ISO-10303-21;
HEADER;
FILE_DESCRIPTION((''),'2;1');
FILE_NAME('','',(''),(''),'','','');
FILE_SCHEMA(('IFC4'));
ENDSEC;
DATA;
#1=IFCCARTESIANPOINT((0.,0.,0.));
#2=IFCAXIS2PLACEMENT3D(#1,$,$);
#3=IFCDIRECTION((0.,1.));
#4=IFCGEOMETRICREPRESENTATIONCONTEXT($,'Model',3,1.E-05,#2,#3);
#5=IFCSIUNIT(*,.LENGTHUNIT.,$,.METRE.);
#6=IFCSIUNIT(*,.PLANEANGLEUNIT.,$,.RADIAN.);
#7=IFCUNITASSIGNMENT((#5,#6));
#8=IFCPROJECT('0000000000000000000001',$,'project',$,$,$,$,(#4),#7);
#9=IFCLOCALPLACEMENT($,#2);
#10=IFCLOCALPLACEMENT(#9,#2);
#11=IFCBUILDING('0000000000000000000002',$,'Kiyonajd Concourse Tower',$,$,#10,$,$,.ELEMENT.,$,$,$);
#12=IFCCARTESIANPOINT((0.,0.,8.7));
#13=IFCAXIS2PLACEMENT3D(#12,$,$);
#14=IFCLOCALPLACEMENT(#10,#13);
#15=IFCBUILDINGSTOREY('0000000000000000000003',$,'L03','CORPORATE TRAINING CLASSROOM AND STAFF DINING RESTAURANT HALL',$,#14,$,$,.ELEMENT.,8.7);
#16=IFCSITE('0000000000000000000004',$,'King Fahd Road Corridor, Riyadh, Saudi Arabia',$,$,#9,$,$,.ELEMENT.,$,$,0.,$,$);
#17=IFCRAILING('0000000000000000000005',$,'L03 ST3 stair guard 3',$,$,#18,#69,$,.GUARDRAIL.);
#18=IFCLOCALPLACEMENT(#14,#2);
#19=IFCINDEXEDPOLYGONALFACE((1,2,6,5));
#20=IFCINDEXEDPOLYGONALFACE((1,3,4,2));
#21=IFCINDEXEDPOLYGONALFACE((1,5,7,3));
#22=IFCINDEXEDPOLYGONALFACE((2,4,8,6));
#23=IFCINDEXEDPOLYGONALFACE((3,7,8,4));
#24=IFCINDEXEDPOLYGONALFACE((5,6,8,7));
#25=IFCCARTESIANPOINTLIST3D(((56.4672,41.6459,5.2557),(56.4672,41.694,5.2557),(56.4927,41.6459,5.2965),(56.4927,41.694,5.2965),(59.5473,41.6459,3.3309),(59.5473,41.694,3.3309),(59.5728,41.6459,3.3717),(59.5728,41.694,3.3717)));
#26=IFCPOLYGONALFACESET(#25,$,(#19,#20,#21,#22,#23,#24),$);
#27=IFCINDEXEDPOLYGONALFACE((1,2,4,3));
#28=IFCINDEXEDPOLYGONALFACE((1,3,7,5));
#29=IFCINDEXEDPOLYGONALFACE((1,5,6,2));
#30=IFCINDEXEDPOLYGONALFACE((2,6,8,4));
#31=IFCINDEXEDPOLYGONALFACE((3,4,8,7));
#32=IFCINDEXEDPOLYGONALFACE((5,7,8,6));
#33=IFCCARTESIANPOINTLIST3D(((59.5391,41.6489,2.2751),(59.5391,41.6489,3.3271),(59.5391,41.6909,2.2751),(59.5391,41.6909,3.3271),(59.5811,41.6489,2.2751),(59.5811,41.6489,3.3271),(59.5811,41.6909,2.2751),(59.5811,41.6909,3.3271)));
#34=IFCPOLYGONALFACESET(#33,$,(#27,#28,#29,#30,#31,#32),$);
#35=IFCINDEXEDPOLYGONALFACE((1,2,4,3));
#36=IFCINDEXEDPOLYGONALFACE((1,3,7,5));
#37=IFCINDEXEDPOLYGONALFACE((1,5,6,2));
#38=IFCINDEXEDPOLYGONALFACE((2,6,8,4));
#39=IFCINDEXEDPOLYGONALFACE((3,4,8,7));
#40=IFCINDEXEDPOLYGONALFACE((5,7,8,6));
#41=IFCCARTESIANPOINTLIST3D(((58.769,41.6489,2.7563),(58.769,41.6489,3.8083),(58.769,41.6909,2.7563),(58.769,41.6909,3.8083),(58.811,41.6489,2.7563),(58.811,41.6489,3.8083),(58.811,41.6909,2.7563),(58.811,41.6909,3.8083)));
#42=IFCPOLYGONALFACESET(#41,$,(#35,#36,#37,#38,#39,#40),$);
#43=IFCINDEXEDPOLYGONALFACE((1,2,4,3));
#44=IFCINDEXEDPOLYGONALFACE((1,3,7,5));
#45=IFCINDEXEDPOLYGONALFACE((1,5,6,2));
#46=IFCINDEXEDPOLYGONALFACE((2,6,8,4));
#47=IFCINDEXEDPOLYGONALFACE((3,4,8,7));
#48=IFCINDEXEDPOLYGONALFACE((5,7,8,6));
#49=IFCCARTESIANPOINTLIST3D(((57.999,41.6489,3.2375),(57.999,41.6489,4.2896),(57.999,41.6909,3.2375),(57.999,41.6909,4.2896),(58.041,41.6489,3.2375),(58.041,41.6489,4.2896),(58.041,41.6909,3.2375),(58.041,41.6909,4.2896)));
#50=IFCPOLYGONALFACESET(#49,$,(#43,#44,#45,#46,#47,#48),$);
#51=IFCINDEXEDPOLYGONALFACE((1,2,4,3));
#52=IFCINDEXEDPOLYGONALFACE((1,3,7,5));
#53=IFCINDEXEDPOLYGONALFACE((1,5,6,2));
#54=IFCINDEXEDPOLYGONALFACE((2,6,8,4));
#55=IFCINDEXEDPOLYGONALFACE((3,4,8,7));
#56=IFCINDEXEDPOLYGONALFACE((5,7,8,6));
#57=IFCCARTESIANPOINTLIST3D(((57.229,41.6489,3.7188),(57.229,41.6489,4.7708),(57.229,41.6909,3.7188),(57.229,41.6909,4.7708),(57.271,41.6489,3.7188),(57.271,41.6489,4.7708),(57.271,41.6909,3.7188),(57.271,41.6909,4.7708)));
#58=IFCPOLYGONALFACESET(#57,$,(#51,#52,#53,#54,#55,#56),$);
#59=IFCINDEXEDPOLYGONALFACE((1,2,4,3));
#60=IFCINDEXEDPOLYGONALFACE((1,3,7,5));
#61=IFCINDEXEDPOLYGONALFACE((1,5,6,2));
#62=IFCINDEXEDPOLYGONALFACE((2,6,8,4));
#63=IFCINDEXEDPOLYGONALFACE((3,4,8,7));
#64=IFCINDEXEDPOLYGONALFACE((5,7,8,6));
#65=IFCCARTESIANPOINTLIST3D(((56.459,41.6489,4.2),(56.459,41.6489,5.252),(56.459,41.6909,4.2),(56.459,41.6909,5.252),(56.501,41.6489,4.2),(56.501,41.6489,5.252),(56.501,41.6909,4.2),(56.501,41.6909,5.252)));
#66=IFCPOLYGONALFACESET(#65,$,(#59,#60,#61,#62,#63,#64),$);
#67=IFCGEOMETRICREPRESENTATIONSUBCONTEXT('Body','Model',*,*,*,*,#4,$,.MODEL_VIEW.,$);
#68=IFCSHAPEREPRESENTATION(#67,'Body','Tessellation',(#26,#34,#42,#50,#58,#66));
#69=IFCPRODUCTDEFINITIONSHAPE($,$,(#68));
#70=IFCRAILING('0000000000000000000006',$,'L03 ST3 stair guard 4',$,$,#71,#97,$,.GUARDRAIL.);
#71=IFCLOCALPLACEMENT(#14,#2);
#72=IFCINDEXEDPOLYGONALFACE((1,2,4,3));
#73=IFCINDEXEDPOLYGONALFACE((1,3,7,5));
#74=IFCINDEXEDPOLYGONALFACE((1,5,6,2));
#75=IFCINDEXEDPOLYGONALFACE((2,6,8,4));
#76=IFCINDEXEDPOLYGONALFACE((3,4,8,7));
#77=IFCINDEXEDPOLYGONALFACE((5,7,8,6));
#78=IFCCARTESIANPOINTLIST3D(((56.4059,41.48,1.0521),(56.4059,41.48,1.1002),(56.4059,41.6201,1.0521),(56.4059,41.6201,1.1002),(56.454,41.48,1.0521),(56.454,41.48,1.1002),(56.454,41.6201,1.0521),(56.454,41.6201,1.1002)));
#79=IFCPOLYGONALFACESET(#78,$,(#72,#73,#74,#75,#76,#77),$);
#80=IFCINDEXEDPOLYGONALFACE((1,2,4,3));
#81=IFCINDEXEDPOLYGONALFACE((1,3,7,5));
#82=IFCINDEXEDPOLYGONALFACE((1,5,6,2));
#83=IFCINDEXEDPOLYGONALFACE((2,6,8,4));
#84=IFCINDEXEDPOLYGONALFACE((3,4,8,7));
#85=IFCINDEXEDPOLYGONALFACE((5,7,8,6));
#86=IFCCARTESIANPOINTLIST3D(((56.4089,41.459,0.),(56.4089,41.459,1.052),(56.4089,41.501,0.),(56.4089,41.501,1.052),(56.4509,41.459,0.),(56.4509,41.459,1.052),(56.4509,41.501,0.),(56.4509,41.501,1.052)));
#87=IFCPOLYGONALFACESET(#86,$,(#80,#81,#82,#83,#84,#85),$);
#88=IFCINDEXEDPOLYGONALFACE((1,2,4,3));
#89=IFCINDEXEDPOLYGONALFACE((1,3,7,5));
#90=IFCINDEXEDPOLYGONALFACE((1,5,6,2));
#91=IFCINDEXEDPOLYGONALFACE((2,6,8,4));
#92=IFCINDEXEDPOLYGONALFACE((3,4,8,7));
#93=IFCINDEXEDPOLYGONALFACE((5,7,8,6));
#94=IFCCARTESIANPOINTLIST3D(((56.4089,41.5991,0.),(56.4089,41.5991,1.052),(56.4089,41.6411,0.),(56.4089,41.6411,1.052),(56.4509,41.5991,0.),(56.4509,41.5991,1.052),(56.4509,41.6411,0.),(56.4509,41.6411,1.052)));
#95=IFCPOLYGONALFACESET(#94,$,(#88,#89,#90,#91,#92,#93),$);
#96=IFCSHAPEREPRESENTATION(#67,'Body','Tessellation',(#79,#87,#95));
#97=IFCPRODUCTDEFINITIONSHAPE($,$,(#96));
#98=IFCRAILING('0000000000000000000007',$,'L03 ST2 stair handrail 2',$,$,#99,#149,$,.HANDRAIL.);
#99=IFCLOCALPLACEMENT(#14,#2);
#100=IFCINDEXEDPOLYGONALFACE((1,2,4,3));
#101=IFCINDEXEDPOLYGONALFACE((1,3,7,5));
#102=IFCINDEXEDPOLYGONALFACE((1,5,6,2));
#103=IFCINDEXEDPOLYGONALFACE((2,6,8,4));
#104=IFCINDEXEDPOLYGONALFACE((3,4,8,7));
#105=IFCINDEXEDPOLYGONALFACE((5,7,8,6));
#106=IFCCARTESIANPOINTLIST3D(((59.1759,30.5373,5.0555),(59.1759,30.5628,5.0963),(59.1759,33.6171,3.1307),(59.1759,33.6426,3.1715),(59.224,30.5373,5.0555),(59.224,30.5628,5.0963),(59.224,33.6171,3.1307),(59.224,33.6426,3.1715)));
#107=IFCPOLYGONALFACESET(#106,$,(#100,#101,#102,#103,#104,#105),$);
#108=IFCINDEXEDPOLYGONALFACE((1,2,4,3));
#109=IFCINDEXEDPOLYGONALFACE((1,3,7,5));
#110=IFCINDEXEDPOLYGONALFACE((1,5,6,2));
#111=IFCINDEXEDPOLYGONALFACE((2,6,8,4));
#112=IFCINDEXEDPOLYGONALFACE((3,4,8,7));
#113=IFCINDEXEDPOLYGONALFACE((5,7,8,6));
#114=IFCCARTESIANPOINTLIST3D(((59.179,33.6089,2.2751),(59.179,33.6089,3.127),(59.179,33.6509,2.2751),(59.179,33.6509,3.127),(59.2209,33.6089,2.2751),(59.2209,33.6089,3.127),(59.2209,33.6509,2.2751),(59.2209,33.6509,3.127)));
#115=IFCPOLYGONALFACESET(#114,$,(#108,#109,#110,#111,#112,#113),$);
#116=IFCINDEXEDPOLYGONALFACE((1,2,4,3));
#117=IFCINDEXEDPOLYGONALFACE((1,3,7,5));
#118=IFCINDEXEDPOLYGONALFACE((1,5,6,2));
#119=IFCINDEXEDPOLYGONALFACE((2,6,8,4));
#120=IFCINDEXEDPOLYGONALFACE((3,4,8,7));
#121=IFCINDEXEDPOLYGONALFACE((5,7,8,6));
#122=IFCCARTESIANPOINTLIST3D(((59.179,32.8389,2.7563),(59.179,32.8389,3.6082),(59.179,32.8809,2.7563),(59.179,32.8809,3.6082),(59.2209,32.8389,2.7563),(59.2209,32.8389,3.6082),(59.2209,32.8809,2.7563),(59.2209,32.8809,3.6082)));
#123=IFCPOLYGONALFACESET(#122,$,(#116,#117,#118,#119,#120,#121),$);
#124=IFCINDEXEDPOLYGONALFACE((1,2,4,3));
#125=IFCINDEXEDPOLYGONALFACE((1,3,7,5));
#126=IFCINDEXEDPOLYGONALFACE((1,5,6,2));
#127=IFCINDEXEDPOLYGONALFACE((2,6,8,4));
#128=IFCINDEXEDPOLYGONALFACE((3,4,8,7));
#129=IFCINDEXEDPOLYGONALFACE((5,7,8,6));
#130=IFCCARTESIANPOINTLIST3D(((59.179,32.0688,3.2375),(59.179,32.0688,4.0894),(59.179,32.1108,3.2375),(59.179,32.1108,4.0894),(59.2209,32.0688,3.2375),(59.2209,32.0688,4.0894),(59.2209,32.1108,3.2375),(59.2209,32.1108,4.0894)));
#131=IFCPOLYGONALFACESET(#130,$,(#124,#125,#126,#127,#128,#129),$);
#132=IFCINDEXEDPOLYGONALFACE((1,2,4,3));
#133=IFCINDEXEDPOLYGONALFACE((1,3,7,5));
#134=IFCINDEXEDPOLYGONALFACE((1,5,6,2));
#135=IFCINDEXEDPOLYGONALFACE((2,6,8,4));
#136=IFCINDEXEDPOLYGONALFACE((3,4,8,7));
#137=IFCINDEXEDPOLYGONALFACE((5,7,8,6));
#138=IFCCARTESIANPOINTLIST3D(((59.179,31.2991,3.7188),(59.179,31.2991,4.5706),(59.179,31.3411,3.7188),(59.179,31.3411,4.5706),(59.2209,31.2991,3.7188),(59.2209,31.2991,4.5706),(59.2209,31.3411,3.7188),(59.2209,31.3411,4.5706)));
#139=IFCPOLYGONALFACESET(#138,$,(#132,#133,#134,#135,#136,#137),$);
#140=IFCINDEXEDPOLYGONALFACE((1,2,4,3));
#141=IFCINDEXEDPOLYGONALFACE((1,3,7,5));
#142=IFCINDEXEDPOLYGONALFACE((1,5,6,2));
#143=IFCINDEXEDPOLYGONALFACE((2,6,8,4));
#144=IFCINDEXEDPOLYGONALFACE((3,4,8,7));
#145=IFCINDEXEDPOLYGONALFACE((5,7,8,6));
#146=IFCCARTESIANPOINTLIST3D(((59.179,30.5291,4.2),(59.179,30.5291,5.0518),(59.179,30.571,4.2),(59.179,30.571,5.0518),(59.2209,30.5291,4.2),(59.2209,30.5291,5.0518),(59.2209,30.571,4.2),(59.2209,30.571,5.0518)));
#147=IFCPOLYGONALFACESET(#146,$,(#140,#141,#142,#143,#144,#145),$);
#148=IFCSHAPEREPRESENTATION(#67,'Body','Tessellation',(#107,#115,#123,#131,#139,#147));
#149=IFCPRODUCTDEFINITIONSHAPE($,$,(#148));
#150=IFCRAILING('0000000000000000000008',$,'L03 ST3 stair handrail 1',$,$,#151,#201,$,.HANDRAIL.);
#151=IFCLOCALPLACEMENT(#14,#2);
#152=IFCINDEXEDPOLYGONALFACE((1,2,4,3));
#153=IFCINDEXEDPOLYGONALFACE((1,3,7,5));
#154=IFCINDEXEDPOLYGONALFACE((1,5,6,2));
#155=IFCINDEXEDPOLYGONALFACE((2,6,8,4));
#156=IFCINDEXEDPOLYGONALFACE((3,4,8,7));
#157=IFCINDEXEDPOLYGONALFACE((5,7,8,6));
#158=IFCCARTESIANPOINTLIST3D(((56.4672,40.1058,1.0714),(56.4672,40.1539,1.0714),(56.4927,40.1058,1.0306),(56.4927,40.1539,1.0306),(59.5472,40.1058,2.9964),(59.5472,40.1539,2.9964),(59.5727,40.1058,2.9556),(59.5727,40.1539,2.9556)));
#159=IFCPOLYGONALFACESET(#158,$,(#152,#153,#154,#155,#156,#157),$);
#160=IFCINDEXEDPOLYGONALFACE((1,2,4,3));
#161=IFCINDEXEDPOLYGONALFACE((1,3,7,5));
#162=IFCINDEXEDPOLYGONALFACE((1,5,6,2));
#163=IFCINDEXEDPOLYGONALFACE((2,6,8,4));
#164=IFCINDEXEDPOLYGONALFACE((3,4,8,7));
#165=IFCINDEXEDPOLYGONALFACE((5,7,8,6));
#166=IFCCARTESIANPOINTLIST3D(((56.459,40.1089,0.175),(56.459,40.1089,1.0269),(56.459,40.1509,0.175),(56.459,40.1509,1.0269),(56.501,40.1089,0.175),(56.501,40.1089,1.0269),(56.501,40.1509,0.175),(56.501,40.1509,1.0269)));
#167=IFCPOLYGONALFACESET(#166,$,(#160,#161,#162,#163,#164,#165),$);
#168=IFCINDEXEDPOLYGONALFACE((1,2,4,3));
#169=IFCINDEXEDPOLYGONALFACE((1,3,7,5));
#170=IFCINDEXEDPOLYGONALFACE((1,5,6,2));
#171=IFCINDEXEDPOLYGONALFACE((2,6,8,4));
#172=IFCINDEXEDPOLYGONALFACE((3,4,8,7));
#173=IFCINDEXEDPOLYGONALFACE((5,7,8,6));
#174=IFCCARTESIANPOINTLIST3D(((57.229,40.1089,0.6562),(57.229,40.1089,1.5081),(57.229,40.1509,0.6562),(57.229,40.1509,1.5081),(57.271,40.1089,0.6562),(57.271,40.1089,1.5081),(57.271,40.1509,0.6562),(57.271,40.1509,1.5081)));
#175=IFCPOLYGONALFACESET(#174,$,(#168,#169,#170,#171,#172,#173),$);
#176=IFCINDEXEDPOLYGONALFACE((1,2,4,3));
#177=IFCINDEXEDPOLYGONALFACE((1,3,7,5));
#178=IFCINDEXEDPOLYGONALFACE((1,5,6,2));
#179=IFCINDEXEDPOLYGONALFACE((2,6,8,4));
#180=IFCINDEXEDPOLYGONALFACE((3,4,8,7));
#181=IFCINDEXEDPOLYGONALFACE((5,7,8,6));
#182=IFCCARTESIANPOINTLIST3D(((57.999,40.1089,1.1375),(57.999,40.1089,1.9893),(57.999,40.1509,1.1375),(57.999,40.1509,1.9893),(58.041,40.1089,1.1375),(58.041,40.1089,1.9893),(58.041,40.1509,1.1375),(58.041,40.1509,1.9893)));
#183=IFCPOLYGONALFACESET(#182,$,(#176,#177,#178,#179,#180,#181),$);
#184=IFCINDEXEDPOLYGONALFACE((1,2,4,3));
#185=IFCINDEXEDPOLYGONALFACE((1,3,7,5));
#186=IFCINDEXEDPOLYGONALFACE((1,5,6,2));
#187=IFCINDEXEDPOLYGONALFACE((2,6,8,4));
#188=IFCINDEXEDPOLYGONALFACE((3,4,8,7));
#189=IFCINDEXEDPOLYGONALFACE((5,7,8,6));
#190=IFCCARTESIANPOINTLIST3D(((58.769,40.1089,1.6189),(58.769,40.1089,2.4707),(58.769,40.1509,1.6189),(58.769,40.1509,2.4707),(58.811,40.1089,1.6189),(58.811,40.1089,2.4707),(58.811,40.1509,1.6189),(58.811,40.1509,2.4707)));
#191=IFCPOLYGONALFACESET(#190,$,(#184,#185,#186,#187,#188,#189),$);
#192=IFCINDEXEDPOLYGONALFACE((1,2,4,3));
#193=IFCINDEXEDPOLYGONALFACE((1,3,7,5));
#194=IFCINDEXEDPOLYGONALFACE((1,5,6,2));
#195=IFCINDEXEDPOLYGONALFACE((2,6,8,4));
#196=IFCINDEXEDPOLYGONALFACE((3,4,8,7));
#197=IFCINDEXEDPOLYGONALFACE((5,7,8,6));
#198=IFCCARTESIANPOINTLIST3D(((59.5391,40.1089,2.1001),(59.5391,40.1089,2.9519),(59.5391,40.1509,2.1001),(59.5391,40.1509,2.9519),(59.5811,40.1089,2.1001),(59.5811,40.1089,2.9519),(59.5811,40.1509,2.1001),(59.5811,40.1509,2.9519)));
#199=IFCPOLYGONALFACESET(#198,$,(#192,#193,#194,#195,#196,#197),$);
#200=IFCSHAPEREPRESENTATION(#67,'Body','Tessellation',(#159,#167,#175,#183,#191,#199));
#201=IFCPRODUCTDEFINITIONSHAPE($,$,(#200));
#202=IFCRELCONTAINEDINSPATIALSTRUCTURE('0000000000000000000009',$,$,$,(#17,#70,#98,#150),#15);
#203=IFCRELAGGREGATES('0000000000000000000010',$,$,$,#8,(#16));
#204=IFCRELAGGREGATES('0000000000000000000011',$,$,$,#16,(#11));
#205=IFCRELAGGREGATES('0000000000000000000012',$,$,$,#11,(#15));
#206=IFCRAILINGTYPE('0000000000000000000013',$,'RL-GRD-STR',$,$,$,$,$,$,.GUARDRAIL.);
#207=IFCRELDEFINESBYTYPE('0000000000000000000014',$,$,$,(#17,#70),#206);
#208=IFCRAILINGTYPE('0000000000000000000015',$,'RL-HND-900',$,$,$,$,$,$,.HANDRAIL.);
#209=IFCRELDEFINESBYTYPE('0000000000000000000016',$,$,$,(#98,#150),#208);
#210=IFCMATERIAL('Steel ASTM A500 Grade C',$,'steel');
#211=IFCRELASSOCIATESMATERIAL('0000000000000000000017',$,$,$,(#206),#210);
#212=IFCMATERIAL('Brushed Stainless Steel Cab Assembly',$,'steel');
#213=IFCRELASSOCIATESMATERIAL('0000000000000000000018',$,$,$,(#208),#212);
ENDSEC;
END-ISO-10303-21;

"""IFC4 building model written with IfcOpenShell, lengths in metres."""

from ifc_helpers import new_model, si_unit, direction, frame, origin, origin_2d, place, context, subcontext, project, spatial, rectangle, extrude, material, type_object, element, save


model = new_model("IFC4")

# Units and contexts
model_context = context("Model", 3, precision=1e-05, world=origin(), true_north=direction((0.0, 1.0)))
body_context = subcontext(model_context, "Body", "Model", "MODEL_VIEW")
ifc_project = project(units=[si_unit("LENGTHUNIT", "METRE"), si_unit("PLANEANGLEUNIT", "RADIAN")], contexts=[model_context])

# Site, building, storey
site_placement = place(None, origin())
site = spatial("IfcSite", under=ifc_project, at=site_placement, Name="King Fahd Road Corridor, Riyadh, Saudi Arabia", CompositionType="ELEMENT", RefElevation=0.0)
building_placement = place(site_placement, origin())
building = spatial("IfcBuilding", under=site, at=building_placement, Name="Kiyonajd Concourse Tower", CompositionType="ELEMENT")
storey_placement = place(building_placement, frame((0.0, 0.0, 8.7)))
storey = spatial("IfcBuildingStorey", under=building, at=storey_placement, Name="L03", Description="CORPORATE TRAINING CLASSROOM AND STAFF DINING RESTAURANT HALL", CompositionType="ELEMENT", Elevation=8.7)

# Shared definitions
ifc_material_1 = material(Name="Brushed Stainless Steel Cab Assembly", Category="steel")

# Railings
ifc_material_2 = material(Name="Steel ASTM A500 Grade C", Category="steel")
railing_type_1 = type_object("IfcRailingType", Name="RL-GRD-STR", PredefinedType="GUARDRAIL", material=ifc_material_2)
railing_1_placement = place(storey_placement, frame((59.5601, 41.6699, 2.2751)))
element("IfcRailing", 1, at=railing_1_placement, inside=storey, type_object=railing_type_1, Name="L03 ST3 stair guard 3", PredefinedType="GUARDRAIL", context=body_context, shape_type="SweptSolid", body=[
    extrude(rectangle(XDim=0.0481, YDim=0.0481, at=origin_2d()), frame((0.0, 0.0, 1.0762), z_axis=(-0.848029, 0.0, 0.529951), x_axis=(0.0, -1.0, 0.0)), (0.0, 0.0, 1.0), 3.6321),
    extrude(rectangle(XDim=0.042, YDim=0.042, at=origin_2d()), origin(), (0.0, 0.0, 1.0), 1.052),
    extrude(rectangle(XDim=0.042, YDim=0.042, at=origin_2d()), frame((-0.77, 0.0, 0.4812)), (0.0, 0.0, 1.0), 1.052),
    extrude(rectangle(XDim=0.042, YDim=0.042, at=origin_2d()), frame((-1.54, 0.0, 0.9624)), (0.0, 0.0, 1.0), 1.052),
    extrude(rectangle(XDim=0.042, YDim=0.042, at=origin_2d()), frame((-2.3101, 0.0, 1.4436)), (0.0, 0.0, 1.0), 1.052),
    extrude(rectangle(XDim=0.042, YDim=0.042, at=origin_2d()), frame((-3.0801, 0.0, 1.9248)), (0.0, 0.0, 1.0), 1.052),
])
railing_2_placement = place(storey_placement, frame((56.4299, 41.48, 0.0)))
element("IfcRailing", 2, at=railing_2_placement, inside=storey, type_object=railing_type_1, Name="L03 ST3 stair guard 4", PredefinedType="GUARDRAIL", context=body_context, shape_type="SweptSolid", body=[
    extrude(rectangle(XDim=0.0481, YDim=0.0481, at=origin_2d()), frame((0.0, 0.0, 1.0762), z_axis=(0.0, 1.0, 0.0), x_axis=(-1.0, 0.0, 0.0)), (0.0, 0.0, 1.0), 0.1401),
    extrude(rectangle(XDim=0.042, YDim=0.042, at=origin_2d()), origin(), (0.0, 0.0, 1.0), 1.052),
    extrude(rectangle(XDim=0.042, YDim=0.042, at=origin_2d()), frame((0.0, 0.1401, 0.0)), (0.0, 0.0, 1.0), 1.052),
])
railing_type_2 = type_object("IfcRailingType", Name="RL-HND-900", PredefinedType="HANDRAIL", material=ifc_material_1)
railing_3_placement = place(storey_placement, frame((59.2, 33.6299, 2.2751)))
element("IfcRailing", 3, at=railing_3_placement, inside=storey, type_object=railing_type_2, Name="L03 ST2 stair handrail 2", PredefinedType="HANDRAIL", context=body_context, shape_type="SweptSolid", body=[
    extrude(rectangle(XDim=0.0481, YDim=0.0481, at=origin_2d()), frame((0.0, 0.0, 0.876), z_axis=(0.0, -0.84801, 0.529981), x_axis=(1.0, 0.0, 0.0)), (0.0, 0.0, 1.0), 3.6318),
    extrude(rectangle(XDim=0.042, YDim=0.042, at=origin_2d()), origin(), (0.0, 0.0, 1.0), 0.8518),
    extrude(rectangle(XDim=0.042, YDim=0.042, at=origin_2d()), frame((0.0, -0.77, 0.4812)), (0.0, 0.0, 1.0), 0.8518),
    extrude(rectangle(XDim=0.042, YDim=0.042, at=origin_2d()), frame((0.0, -1.54, 0.9624)), (0.0, 0.0, 1.0), 0.8518),
    extrude(rectangle(XDim=0.042, YDim=0.042, at=origin_2d()), frame((0.0, -2.3098, 1.4436)), (0.0, 0.0, 1.0), 0.8518),
    extrude(rectangle(XDim=0.042, YDim=0.042, at=origin_2d()), frame((0.0, -3.0798, 1.9248)), (0.0, 0.0, 1.0), 0.8518),
])
railing_4_placement = place(storey_placement, frame((56.48, 40.1299, 0.175)))
element("IfcRailing", 4, at=railing_4_placement, inside=storey, type_object=railing_type_2, Name="L03 ST3 stair handrail 1", PredefinedType="HANDRAIL", context=body_context, shape_type="SweptSolid", body=[
    extrude(rectangle(XDim=0.0481, YDim=0.0481, at=origin_2d()), frame((0.0, 0.0, 0.876), z_axis=(0.847998, 0.0, 0.529999), x_axis=(0.0, 1.0, 0.0)), (0.0, 0.0, 1.0), 3.6321),
    extrude(rectangle(XDim=0.042, YDim=0.042, at=origin_2d()), origin(), (0.0, 0.0, 1.0), 0.8518),
    extrude(rectangle(XDim=0.042, YDim=0.042, at=origin_2d()), frame((0.77, 0.0, 0.4812)), (0.0, 0.0, 1.0), 0.8518),
    extrude(rectangle(XDim=0.042, YDim=0.042, at=origin_2d()), frame((1.54, 0.0, 0.9624)), (0.0, 0.0, 1.0), 0.8518),
    extrude(rectangle(XDim=0.042, YDim=0.042, at=origin_2d()), frame((2.3101, 0.0, 1.4438)), (0.0, 0.0, 1.0), 0.8518),
    extrude(rectangle(XDim=0.042, YDim=0.042, at=origin_2d()), frame((3.0801, 0.0, 1.925)), (0.0, 0.0, 1.0), 0.8518),
])

save(model, "model.ifc")
